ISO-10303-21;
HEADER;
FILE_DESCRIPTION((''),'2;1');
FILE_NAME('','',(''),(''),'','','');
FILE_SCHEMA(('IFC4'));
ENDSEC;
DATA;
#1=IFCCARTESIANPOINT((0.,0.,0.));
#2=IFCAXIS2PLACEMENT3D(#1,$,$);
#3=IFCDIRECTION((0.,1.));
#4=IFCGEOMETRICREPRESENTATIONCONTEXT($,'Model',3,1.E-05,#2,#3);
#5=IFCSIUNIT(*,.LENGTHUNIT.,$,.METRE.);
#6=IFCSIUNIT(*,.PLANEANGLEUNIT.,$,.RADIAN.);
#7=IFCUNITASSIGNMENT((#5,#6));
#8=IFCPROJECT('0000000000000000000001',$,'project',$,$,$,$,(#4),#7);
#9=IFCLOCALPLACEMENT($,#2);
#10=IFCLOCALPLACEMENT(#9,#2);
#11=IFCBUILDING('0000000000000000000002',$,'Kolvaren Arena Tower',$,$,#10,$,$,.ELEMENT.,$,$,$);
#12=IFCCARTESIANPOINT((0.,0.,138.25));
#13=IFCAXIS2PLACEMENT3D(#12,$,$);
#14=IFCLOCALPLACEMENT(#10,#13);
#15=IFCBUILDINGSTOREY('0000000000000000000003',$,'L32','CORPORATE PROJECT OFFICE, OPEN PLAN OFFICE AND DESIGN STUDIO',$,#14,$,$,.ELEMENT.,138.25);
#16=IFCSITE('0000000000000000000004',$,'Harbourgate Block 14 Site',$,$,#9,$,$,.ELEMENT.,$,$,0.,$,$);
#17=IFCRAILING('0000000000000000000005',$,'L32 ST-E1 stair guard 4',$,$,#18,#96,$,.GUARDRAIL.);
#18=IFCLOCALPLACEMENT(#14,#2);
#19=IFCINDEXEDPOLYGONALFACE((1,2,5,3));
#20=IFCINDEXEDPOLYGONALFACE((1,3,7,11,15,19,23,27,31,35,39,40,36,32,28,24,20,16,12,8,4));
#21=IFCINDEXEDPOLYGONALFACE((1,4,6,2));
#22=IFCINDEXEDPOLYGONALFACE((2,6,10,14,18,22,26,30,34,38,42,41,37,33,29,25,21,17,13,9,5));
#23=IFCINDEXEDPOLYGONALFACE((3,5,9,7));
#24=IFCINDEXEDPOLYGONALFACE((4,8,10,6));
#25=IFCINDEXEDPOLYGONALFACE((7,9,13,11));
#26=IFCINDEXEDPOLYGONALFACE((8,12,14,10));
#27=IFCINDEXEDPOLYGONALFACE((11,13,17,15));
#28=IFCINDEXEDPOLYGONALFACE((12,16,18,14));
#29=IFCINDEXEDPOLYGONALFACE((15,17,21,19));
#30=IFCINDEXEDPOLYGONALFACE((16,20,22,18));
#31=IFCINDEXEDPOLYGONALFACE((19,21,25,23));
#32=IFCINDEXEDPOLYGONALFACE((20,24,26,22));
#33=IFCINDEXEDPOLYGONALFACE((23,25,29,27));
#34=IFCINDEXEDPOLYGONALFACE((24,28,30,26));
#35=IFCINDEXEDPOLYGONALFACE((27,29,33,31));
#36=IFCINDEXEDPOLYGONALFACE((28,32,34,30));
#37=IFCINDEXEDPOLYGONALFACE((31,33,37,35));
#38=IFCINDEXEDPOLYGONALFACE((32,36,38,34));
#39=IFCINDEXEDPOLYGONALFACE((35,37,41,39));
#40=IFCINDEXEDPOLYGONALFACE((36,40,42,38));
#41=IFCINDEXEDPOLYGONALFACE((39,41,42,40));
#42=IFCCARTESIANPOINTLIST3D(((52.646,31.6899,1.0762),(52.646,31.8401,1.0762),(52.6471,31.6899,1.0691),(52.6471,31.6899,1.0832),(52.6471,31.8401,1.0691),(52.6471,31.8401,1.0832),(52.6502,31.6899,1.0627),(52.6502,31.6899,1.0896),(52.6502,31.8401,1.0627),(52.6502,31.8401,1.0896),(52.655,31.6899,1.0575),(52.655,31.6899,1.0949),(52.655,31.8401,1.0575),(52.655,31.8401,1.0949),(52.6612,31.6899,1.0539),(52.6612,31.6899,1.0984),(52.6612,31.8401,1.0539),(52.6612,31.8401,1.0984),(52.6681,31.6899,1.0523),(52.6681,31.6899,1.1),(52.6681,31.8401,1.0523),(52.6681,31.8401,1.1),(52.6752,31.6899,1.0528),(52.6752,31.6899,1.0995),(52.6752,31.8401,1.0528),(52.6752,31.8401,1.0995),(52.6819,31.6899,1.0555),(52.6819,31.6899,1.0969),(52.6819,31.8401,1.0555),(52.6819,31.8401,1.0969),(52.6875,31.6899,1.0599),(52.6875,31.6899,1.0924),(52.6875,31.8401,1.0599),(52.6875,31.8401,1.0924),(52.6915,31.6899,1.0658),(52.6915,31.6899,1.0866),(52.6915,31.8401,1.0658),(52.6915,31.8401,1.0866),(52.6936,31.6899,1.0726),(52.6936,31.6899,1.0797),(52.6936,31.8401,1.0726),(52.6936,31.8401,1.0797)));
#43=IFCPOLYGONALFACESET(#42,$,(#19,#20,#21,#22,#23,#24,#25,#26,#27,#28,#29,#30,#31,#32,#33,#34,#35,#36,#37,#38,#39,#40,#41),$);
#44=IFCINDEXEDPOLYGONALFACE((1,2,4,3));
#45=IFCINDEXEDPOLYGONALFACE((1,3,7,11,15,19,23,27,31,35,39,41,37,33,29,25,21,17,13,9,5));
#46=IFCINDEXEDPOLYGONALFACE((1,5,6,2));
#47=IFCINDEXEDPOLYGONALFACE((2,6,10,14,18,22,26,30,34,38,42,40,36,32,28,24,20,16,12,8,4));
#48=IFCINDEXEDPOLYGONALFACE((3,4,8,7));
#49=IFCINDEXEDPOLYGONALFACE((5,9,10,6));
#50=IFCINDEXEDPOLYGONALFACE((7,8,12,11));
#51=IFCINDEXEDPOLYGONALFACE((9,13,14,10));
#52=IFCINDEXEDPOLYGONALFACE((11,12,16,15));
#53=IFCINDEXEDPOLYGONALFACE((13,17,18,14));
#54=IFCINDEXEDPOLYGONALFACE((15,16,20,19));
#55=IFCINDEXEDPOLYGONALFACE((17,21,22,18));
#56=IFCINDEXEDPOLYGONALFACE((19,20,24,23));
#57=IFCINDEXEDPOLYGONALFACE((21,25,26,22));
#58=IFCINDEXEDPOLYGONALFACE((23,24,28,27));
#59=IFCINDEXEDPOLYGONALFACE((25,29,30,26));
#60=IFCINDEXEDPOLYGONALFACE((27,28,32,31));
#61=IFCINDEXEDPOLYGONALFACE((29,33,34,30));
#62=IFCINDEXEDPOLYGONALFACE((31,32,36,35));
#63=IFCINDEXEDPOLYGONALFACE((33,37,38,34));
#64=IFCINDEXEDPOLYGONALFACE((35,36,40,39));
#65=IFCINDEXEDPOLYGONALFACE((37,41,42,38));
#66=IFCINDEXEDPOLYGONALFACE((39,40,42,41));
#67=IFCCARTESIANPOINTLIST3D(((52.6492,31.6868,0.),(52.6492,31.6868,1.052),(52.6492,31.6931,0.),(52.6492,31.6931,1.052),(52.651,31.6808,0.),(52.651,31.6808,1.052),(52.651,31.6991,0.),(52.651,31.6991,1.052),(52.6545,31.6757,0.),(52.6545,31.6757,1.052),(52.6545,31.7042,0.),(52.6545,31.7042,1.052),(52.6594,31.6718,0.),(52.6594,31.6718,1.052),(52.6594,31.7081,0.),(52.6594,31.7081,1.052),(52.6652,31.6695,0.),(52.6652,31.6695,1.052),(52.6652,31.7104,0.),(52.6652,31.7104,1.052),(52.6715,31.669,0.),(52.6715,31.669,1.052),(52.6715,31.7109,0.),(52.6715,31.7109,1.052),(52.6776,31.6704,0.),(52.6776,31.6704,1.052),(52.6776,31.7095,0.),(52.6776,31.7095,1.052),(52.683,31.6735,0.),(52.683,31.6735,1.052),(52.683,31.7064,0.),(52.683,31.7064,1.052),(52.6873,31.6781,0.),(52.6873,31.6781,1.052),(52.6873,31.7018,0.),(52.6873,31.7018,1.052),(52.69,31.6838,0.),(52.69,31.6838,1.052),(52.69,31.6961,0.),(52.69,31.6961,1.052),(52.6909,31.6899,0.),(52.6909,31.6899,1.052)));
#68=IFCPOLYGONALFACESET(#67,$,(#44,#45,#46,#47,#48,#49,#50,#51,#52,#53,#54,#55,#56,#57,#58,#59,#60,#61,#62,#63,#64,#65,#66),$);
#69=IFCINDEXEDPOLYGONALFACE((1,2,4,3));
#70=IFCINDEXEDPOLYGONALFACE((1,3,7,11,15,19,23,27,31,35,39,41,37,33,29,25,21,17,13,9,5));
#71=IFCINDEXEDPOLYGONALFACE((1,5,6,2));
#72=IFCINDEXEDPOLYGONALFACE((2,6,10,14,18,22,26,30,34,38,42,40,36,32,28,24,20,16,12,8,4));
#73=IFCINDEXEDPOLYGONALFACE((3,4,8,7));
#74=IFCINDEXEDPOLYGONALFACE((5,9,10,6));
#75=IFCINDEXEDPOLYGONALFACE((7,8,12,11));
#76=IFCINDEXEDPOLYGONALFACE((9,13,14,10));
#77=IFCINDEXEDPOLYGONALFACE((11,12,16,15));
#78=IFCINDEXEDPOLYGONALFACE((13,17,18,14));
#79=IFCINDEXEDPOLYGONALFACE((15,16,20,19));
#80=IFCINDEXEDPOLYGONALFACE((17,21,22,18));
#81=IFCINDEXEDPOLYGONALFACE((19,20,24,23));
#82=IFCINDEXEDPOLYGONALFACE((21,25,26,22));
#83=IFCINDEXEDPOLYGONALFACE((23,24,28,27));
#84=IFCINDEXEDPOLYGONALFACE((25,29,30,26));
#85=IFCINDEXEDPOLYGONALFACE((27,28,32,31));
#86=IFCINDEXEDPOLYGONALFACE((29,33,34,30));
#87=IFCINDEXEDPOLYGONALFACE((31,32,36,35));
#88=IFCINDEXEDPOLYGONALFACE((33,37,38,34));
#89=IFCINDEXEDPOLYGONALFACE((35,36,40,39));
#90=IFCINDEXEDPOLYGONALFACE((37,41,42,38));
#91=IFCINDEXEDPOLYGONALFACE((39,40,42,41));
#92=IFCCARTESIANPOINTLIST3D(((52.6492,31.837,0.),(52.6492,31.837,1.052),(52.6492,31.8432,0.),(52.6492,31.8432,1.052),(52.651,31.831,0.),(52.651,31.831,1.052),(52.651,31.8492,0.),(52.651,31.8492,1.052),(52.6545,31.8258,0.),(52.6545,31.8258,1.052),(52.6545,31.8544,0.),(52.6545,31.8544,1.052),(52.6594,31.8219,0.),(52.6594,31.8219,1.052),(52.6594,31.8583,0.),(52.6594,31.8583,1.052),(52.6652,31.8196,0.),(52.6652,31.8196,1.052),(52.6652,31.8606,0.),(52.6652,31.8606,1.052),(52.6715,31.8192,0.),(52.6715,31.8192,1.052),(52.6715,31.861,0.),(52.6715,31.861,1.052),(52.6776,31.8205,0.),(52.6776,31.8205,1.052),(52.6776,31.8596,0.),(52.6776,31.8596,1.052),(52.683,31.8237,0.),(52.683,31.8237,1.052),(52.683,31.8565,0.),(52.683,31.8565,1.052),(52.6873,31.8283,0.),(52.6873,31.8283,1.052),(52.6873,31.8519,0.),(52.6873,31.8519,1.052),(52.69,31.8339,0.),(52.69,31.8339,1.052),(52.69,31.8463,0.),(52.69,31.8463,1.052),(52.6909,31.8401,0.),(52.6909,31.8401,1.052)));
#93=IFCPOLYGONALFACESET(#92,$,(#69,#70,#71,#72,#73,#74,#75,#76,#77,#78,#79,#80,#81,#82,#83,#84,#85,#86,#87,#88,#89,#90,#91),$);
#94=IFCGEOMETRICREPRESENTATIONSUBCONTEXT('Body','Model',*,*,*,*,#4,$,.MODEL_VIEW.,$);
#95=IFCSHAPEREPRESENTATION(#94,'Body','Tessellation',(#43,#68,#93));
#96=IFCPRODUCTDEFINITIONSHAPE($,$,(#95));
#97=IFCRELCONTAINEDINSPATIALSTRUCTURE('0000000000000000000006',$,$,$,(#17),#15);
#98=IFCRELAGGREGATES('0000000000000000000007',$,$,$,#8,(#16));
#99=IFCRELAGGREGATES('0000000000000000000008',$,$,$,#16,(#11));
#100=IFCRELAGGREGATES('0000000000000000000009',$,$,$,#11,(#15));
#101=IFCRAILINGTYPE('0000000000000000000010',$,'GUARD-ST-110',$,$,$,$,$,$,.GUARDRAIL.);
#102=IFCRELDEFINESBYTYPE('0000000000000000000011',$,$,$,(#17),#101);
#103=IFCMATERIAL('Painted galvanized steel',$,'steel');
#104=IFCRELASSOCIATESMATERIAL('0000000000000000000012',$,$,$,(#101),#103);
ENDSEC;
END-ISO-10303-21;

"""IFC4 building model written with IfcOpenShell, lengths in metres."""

from ifc_helpers import new_model, si_unit, direction, frame, origin, origin_2d, place, context, subcontext, project, spatial, circle, extrude, material, type_object, element, save


model = new_model("IFC4")

# Units and contexts
model_context = context("Model", 3, precision=1e-05, world=origin(), true_north=direction((0.0, 1.0)))
body_context = subcontext(model_context, "Body", "Model", "MODEL_VIEW")
ifc_project = project(units=[si_unit("LENGTHUNIT", "METRE"), si_unit("PLANEANGLEUNIT", "RADIAN")], contexts=[model_context])

# Site, building, storey
site_placement = place(None, origin())
site = spatial("IfcSite", under=ifc_project, at=site_placement, Name="Harbourgate Block 14 Site", CompositionType="ELEMENT", RefElevation=0.0)
building_placement = place(site_placement, origin())
building = spatial("IfcBuilding", under=site, at=building_placement, Name="Kolvaren Arena Tower", CompositionType="ELEMENT")
storey_placement = place(building_placement, frame((0.0, 0.0, 138.25)))
storey = spatial("IfcBuildingStorey", under=building, at=storey_placement, Name="L32", Description="CORPORATE PROJECT OFFICE, OPEN PLAN OFFICE AND DESIGN STUDIO", CompositionType="ELEMENT", Elevation=138.25)

# Railing
ifc_material_1 = material(Name="Painted galvanized steel", Category="steel")
railing_type_1 = type_object("IfcRailingType", Name="GUARD-ST-110", PredefinedType="GUARDRAIL", material=ifc_material_1)
railing_1_placement = place(storey_placement, frame((52.6699, 31.6899, 0.0)))
element("IfcRailing", 1, at=railing_1_placement, inside=storey, type_object=railing_type_1, Name="L32 ST-E1 stair guard 4", PredefinedType="GUARDRAIL", context=body_context, shape_type="SweptSolid", body=[
    extrude(circle(Radius=0.0239, at=origin_2d()), frame((0.0, 0.0, 1.0762), z_axis=(0.0, 1.0, 0.0), x_axis=(-1.0, 0.0, 0.0)), (0.0, 0.0, 1.0), 0.1501),
    extrude(circle(Radius=0.021, at=origin_2d()), origin(), (0.0, 0.0, 1.0), 1.052),
    extrude(circle(Radius=0.021, at=origin_2d()), frame((0.0, 0.1501, 0.0)), (0.0, 0.0, 1.0), 1.052),
])

save(model, "model.ifc")
